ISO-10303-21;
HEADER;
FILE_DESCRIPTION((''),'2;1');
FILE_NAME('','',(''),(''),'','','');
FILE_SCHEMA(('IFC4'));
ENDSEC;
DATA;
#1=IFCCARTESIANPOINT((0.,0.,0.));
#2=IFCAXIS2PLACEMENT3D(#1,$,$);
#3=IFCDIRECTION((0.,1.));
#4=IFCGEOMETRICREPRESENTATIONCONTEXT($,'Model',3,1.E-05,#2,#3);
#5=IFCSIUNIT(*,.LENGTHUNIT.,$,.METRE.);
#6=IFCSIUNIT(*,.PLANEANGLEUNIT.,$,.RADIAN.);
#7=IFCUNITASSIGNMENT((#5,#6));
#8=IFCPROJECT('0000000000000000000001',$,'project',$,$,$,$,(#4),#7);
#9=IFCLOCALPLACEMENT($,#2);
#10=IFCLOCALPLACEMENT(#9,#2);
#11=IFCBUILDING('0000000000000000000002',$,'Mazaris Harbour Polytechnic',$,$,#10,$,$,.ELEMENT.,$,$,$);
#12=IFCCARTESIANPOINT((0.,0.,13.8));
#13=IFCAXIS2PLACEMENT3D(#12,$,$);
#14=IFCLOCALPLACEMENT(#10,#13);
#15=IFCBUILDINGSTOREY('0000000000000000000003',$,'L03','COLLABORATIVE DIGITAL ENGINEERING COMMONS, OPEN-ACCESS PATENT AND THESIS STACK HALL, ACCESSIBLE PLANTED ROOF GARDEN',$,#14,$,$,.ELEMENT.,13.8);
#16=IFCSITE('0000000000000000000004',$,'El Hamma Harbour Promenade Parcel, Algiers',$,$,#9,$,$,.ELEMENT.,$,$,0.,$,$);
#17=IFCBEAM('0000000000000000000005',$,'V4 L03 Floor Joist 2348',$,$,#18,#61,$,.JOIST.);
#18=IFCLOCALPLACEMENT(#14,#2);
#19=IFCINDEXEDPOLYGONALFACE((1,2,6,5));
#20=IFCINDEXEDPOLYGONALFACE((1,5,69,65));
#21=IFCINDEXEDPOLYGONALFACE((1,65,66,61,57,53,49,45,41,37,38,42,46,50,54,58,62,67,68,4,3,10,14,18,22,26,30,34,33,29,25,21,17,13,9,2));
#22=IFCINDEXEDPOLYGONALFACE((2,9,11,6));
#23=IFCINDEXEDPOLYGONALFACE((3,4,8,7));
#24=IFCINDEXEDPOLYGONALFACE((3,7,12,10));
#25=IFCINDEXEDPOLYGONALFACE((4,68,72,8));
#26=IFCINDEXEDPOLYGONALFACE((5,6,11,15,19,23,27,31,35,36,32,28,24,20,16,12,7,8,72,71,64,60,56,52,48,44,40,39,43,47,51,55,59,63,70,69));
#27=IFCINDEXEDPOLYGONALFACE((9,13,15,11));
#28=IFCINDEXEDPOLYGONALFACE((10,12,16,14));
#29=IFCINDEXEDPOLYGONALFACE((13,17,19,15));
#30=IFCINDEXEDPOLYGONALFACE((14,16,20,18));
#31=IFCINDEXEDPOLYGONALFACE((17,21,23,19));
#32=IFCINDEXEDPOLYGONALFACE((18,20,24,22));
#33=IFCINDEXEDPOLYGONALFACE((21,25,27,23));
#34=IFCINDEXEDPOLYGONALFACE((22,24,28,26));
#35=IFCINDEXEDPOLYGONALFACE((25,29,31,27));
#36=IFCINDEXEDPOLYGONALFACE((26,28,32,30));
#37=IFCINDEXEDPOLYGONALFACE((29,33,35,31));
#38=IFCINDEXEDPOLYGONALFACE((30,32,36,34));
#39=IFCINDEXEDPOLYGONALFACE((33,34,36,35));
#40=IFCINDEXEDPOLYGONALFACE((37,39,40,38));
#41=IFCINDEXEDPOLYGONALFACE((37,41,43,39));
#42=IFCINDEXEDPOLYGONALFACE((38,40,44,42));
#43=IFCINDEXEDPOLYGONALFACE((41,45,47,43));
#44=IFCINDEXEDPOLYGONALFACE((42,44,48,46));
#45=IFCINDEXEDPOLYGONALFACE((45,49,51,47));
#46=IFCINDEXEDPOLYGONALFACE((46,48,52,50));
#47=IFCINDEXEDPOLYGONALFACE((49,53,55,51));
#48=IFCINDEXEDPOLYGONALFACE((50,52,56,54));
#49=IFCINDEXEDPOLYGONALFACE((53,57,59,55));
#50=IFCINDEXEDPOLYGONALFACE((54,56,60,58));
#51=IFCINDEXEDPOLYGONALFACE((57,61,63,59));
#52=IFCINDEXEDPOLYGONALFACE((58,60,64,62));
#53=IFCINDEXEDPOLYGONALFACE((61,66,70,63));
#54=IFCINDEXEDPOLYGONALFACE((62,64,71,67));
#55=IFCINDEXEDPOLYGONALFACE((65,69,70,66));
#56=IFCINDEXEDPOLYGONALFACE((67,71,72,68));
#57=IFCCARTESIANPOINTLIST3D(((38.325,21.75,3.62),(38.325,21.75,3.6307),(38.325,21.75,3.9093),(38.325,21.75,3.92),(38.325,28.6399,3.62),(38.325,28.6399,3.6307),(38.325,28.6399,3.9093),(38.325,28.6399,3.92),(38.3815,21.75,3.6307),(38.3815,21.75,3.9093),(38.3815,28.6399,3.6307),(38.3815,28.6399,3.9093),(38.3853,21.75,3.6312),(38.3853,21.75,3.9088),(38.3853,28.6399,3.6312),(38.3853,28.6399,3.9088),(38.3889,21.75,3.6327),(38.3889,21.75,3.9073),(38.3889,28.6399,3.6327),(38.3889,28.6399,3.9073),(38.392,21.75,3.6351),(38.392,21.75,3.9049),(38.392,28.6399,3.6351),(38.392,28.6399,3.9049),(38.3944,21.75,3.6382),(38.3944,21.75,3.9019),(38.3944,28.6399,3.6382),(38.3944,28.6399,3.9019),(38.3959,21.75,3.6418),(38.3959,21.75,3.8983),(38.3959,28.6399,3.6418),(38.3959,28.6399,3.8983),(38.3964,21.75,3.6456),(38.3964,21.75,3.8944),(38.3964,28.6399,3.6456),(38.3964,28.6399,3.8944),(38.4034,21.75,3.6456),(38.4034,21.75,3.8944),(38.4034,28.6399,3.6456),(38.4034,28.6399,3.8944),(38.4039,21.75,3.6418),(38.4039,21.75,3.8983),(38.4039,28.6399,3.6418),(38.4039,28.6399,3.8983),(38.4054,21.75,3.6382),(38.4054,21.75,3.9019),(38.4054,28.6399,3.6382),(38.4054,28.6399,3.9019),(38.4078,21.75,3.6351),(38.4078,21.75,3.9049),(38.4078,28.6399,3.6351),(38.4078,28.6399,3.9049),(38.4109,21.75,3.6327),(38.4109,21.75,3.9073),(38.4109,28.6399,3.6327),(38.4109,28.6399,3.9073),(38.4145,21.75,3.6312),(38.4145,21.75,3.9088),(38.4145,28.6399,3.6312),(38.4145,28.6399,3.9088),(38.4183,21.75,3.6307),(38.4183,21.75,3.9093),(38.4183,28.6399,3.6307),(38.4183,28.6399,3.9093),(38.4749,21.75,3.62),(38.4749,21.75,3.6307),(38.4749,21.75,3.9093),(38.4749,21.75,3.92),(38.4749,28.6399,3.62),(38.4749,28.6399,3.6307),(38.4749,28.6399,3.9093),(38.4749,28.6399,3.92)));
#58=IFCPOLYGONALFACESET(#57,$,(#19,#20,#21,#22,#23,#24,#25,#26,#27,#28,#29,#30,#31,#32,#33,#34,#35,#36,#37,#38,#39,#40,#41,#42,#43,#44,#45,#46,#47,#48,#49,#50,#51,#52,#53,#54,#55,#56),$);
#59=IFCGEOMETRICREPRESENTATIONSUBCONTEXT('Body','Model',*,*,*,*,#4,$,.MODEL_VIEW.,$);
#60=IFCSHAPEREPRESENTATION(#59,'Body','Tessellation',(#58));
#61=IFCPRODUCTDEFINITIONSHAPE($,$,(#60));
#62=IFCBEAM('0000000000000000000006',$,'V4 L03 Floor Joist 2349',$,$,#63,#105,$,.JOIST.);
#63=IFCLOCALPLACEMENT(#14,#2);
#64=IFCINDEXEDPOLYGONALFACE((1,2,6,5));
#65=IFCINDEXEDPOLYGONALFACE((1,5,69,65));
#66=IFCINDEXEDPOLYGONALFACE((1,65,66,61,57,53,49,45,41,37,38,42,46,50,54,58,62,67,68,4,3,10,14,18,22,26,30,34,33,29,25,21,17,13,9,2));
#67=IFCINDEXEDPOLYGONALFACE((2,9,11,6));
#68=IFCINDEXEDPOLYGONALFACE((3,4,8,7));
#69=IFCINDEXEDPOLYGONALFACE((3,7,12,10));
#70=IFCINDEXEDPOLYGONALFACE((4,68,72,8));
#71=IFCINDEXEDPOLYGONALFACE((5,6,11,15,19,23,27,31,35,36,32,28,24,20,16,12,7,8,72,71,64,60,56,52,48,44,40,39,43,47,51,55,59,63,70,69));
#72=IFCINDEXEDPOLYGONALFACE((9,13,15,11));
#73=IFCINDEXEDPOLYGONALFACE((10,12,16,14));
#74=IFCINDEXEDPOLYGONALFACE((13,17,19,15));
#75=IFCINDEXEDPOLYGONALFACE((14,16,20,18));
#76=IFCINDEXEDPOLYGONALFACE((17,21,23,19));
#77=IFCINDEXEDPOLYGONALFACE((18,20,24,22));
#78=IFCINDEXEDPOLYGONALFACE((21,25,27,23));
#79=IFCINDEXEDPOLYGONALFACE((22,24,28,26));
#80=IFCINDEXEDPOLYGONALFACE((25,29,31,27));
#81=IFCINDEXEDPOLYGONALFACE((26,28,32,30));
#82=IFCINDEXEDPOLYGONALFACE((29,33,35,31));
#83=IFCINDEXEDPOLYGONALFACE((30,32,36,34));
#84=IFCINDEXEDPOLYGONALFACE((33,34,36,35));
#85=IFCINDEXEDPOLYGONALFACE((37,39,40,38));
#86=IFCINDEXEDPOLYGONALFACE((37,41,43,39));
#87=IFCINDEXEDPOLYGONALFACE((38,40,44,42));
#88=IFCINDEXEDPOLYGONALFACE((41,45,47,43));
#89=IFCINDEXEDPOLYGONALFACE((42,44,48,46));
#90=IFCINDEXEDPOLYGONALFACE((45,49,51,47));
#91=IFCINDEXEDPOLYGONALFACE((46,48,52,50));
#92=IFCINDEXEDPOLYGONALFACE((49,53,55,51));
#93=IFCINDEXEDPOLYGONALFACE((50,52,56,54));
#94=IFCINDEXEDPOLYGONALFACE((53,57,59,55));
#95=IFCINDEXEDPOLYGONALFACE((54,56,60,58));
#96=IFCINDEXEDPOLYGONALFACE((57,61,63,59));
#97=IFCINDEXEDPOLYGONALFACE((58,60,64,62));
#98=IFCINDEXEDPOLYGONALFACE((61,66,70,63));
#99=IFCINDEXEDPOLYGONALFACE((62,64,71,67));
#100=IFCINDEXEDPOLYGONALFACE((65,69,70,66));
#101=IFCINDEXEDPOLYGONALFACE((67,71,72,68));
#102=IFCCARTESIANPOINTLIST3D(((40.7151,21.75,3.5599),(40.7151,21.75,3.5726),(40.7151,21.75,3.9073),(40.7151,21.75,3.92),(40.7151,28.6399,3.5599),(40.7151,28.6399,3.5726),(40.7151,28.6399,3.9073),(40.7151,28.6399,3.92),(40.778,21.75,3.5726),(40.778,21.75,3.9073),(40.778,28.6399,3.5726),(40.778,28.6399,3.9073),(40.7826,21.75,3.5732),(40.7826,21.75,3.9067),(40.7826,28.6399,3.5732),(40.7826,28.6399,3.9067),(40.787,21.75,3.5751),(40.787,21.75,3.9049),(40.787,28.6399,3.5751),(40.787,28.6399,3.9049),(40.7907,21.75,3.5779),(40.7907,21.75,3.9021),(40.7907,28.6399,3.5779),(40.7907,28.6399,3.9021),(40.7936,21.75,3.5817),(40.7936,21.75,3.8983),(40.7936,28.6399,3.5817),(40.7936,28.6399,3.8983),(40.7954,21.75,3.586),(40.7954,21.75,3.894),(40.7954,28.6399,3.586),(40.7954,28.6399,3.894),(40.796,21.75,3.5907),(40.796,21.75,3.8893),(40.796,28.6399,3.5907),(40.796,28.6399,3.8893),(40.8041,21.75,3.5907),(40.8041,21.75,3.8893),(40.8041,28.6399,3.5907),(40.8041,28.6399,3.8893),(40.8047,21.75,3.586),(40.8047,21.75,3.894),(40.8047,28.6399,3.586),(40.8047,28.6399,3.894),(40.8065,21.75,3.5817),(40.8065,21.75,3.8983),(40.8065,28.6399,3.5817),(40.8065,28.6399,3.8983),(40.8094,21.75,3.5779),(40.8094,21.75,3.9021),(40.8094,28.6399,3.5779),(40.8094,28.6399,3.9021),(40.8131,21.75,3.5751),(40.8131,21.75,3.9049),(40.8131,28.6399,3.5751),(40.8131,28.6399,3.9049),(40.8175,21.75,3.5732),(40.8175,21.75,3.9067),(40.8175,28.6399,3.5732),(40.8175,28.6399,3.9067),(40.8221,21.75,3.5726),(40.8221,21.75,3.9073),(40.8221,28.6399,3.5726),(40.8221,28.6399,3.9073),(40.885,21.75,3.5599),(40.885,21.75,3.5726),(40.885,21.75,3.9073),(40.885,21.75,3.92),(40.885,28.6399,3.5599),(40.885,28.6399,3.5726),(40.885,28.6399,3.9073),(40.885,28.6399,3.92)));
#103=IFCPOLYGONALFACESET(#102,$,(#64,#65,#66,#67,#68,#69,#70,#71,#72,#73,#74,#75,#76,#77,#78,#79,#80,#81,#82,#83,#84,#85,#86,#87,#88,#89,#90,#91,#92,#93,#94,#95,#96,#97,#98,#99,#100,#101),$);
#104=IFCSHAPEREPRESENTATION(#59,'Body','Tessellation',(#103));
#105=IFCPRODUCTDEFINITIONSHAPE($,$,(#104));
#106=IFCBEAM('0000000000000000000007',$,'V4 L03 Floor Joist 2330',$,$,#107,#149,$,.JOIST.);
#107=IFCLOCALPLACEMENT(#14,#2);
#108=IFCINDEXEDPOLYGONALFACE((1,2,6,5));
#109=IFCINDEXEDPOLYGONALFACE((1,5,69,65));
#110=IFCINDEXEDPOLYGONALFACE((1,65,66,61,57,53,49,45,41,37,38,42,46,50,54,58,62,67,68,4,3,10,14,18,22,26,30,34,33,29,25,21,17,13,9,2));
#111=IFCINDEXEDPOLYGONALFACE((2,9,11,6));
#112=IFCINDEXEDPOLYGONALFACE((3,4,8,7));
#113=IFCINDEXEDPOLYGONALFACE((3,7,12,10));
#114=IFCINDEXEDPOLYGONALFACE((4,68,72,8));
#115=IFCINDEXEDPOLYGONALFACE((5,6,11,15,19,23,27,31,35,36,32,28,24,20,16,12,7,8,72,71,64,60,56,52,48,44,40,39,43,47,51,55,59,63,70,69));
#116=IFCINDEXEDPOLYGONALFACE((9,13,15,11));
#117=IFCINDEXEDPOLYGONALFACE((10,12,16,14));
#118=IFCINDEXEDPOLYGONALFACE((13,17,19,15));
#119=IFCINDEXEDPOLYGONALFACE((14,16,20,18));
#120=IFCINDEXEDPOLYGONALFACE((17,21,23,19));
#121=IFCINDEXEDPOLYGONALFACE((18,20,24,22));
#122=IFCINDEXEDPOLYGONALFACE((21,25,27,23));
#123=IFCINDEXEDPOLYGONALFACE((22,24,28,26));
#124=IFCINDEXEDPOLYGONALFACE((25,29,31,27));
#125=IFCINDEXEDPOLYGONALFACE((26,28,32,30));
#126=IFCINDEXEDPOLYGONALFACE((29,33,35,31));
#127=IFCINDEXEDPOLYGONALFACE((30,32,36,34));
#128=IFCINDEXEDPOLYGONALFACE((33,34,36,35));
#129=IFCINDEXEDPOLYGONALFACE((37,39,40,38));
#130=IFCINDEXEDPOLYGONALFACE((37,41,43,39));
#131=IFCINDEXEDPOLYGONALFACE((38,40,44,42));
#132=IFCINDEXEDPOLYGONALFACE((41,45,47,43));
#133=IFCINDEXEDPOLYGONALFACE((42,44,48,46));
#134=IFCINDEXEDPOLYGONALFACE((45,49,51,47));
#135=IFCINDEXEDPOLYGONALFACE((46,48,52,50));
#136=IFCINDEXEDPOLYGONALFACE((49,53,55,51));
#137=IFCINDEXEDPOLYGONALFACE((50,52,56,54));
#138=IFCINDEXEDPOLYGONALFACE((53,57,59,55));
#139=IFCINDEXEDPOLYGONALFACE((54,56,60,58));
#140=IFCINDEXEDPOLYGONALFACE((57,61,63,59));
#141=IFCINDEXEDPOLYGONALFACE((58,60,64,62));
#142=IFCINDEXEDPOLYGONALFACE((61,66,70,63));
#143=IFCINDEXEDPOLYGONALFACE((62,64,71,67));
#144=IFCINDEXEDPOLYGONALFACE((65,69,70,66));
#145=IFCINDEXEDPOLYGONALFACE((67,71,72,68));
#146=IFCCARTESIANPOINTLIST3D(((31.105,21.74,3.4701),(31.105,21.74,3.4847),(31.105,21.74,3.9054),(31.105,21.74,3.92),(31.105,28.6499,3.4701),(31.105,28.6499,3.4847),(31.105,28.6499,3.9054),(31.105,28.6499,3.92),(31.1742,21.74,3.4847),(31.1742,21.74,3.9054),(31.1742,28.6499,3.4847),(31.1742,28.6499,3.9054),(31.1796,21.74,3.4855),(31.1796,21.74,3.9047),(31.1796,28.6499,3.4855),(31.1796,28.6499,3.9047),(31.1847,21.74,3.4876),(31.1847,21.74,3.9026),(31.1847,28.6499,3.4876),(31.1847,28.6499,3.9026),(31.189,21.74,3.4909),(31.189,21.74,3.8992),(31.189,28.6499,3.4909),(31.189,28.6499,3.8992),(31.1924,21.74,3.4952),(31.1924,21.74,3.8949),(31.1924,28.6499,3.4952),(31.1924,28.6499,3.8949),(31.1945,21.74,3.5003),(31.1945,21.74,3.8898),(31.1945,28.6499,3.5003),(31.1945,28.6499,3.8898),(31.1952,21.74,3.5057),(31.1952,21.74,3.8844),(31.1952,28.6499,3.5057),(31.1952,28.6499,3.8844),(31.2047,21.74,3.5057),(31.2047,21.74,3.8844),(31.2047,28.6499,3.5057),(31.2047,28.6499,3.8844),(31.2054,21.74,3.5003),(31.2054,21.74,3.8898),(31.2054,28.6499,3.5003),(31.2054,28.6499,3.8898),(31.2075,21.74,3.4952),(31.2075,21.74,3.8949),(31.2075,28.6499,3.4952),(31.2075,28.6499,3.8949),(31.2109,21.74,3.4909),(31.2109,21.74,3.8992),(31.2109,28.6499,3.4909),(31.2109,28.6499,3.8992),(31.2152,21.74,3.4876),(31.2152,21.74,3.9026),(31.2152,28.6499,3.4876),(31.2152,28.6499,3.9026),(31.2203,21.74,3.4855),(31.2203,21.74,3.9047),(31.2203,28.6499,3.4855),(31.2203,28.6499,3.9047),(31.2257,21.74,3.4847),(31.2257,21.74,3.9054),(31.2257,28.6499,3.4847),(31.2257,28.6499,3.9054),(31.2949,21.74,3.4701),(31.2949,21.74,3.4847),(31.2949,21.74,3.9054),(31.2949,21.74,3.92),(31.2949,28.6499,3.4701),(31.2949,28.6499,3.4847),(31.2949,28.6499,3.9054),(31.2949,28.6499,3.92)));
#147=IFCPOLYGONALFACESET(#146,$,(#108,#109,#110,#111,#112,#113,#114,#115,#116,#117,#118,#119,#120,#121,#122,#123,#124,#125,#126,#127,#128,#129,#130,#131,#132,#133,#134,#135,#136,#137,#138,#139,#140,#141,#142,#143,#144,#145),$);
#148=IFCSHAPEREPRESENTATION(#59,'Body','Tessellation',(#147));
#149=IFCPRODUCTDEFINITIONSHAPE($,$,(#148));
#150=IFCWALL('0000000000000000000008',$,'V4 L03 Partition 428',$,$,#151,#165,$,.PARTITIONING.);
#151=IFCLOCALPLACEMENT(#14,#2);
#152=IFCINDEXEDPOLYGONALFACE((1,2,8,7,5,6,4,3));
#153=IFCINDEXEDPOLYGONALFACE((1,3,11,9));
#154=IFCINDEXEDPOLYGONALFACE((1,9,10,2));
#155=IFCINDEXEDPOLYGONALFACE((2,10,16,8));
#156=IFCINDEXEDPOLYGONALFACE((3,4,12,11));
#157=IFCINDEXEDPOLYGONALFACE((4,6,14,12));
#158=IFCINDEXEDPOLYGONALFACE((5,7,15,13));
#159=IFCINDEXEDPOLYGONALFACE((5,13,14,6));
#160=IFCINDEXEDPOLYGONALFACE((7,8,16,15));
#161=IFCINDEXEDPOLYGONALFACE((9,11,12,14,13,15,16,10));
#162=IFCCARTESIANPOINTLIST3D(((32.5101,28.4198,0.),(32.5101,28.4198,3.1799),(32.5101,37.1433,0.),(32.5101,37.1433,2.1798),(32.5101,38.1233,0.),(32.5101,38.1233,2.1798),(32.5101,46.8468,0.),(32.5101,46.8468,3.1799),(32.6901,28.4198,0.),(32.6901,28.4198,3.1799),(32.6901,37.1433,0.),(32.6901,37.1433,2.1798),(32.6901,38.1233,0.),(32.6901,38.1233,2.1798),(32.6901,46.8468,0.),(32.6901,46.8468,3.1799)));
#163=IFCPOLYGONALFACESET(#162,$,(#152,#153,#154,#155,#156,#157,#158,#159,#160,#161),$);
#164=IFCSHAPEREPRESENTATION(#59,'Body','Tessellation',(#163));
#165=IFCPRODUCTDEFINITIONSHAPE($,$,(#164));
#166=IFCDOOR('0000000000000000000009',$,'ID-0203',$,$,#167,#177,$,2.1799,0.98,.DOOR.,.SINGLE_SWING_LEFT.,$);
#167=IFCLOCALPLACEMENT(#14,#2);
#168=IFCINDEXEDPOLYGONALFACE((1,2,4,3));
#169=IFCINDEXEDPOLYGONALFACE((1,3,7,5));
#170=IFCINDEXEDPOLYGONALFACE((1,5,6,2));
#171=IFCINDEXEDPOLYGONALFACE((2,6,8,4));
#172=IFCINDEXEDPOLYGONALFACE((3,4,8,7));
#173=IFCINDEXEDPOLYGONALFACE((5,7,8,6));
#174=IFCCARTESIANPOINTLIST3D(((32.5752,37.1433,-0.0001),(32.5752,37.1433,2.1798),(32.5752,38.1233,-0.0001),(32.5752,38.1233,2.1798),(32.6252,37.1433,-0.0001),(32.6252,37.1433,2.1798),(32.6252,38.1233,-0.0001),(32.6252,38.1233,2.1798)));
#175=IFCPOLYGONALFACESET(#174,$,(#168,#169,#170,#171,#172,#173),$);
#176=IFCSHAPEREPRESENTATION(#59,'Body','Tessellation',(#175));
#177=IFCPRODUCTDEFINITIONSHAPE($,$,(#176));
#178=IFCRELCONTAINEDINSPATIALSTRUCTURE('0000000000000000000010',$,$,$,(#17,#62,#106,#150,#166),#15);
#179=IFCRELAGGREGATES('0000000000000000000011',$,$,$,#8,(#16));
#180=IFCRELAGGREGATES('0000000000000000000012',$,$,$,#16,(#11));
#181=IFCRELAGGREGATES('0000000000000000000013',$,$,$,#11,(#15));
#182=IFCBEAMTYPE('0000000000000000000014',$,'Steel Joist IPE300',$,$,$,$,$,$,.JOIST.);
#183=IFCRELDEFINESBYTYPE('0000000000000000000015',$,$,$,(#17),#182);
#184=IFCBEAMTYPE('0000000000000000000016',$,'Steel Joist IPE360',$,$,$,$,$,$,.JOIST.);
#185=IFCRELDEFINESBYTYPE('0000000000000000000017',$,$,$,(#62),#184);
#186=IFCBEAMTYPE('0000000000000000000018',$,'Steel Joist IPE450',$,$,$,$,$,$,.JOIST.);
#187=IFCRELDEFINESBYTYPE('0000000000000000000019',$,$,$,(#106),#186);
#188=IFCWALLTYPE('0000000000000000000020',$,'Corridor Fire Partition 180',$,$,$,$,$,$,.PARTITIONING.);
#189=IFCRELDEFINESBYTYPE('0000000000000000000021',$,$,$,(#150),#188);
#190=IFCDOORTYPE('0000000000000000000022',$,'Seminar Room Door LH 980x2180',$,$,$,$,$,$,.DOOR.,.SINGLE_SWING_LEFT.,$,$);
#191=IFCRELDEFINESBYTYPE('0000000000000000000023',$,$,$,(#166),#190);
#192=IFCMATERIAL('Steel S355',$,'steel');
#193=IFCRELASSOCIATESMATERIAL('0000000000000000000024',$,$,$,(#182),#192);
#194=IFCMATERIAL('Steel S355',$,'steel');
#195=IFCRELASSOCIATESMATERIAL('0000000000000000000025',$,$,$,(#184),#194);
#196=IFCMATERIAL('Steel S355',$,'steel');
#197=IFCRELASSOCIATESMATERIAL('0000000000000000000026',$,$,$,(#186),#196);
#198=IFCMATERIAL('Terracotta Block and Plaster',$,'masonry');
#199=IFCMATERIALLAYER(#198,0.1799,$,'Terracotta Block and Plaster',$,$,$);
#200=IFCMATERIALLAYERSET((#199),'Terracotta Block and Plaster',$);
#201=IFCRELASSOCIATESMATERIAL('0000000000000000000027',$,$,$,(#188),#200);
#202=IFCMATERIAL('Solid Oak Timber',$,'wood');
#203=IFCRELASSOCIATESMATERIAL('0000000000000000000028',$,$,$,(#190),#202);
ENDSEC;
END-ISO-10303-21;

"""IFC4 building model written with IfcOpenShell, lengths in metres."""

from ifc_helpers import new_model, si_unit, direction, frame, frame_2d, origin, origin_2d, place, context, subcontext, project, spatial, rectangle, i_section, extrude, material, layer, layer_set, material_profile, profile_set, type_object, element, fill, save


model = new_model("IFC4")

# Units and contexts
model_context = context("Model", 3, precision=1e-05, world=origin(), true_north=direction((0.0, 1.0)))
body_context = subcontext(model_context, "Body", "Model", "MODEL_VIEW")
ifc_project = project(units=[si_unit("LENGTHUNIT", "METRE"), si_unit("PLANEANGLEUNIT", "RADIAN")], contexts=[model_context])

# Site, building, storey
site_placement = place(None, origin())
site = spatial("IfcSite", under=ifc_project, at=site_placement, Name="El Hamma Harbour Promenade Parcel, Algiers", CompositionType="ELEMENT", RefElevation=0.0)
building_placement = place(site_placement, origin())
building = spatial("IfcBuilding", under=site, at=building_placement, Name="Mazaris Harbour Polytechnic", CompositionType="ELEMENT")
storey_placement = place(building_placement, frame((0.0, 0.0, 13.8)))
storey = spatial("IfcBuildingStorey", under=building, at=storey_placement, Name="L03", Description="COLLABORATIVE DIGITAL ENGINEERING COMMONS, OPEN-ACCESS PATENT AND THESIS STACK HALL, ACCESSIBLE PLANTED ROOF GARDEN", CompositionType="ELEMENT", Elevation=13.8)

# Beams
ifc_material_1 = material(Name="Steel S355", Category="steel")
ifc_material_profile_1 = material_profile(ifc_material_1, i_section(OverallWidth=0.1499, OverallDepth=0.3, WebThickness=0.0071, FlangeThickness=0.0107, FilletRadius=0.0149, at=origin_2d()), Name="IPE 300")
ifc_profile_set_1 = profile_set([ifc_material_profile_1], Name="Steel S355")
beam_type_1 = type_object("IfcBeamType", Name="Steel Joist IPE300", PredefinedType="JOIST", material=ifc_profile_set_1)
beam_1_placement = place(storey_placement, frame((38.3999, 21.75, 3.77), z_axis=(0.0, 1.0, 0.0), x_axis=(-1.0, 0.0, 0.0)))
element("IfcBeam", 1, at=beam_1_placement, inside=storey, type_object=beam_type_1, Name="V4 L03 Floor Joist 2348", PredefinedType="JOIST", context=body_context, shape_type="SweptSolid", body=[
    extrude(i_section(OverallWidth=0.1499, OverallDepth=0.3, WebThickness=0.0071, FlangeThickness=0.0107, FilletRadius=0.0149, at=origin_2d()), origin(), (0.0, 0.0, 1.0), 6.8899),
])
ifc_material_2 = material(Name="Steel S355", Category="steel")
ifc_material_profile_2 = material_profile(ifc_material_2, i_section(OverallWidth=0.1699, OverallDepth=0.3601, WebThickness=0.0081, FlangeThickness=0.0127, FilletRadius=0.0181, at=origin_2d()), Name="IPE 360")
ifc_profile_set_2 = profile_set([ifc_material_profile_2], Name="Steel S355")
beam_type_2 = type_object("IfcBeamType", Name="Steel Joist IPE360", PredefinedType="JOIST", material=ifc_profile_set_2)
beam_2_placement = place(storey_placement, frame((40.8, 21.75, 3.74), z_axis=(0.0, 1.0, 0.0), x_axis=(-1.0, 0.0, 0.0)))
element("IfcBeam", 2, at=beam_2_placement, inside=storey, type_object=beam_type_2, Name="V4 L03 Floor Joist 2349", PredefinedType="JOIST", context=body_context, shape_type="SweptSolid", body=[
    extrude(i_section(OverallWidth=0.1699, OverallDepth=0.3601, WebThickness=0.0081, FlangeThickness=0.0127, FilletRadius=0.0181, at=origin_2d()), origin(), (0.0, 0.0, 1.0), 6.8899),
])
ifc_material_3 = material(Name="Steel S355", Category="steel")
ifc_material_profile_3 = material_profile(ifc_material_3, i_section(OverallWidth=0.1899, OverallDepth=0.45, WebThickness=0.0095, FlangeThickness=0.0146, FilletRadius=0.021, at=origin_2d()), Name="IPE 450")
ifc_profile_set_3 = profile_set([ifc_material_profile_3], Name="Steel S355")
beam_type_3 = type_object("IfcBeamType", Name="Steel Joist IPE450", PredefinedType="JOIST", material=ifc_profile_set_3)
beam_3_placement = place(storey_placement, frame((31.2, 21.74, 3.6951), z_axis=(0.0, 1.0, 0.0), x_axis=(-1.0, 0.0, 0.0)))
element("IfcBeam", 3, at=beam_3_placement, inside=storey, type_object=beam_type_3, Name="V4 L03 Floor Joist 2330", PredefinedType="JOIST", context=body_context, shape_type="SweptSolid", body=[
    extrude(i_section(OverallWidth=0.1899, OverallDepth=0.45, WebThickness=0.0095, FlangeThickness=0.0146, FilletRadius=0.021, at=origin_2d()), origin(), (0.0, 0.0, 1.0), 6.9099),
])

# Wall, opening, door
ifc_material_4 = material(Name="Terracotta Block and Plaster", Category="masonry")
ifc_layer_1 = layer(ifc_material_4, 0.1799, Name="Terracotta Block and Plaster")
ifc_layer_set_1 = layer_set([ifc_layer_1], Name="Terracotta Block and Plaster")
wall_type_1 = type_object("IfcWallType", Name="Corridor Fire Partition 180", PredefinedType="PARTITIONING", material=ifc_layer_set_1)
wall_1_placement = place(storey_placement, frame((32.6001, 28.4199, 0.0), z_axis=(0.0, 0.0, 1.0), x_axis=(0.0, 1.0, 0.0)))
wall_1 = element("IfcWall", 4, at=wall_1_placement, inside=storey, type_object=wall_type_1, Name="V4 L03 Partition 428", PredefinedType="PARTITIONING", context=body_context, shape_type="SweptSolid", body=[
    extrude(rectangle(XDim=18.427, YDim=0.1799, at=frame_2d((9.2134, 0.0))), origin(), (0.0, 0.0, 1.0), 3.1799),
])
opening_1_placement = place(wall_1_placement, frame((8.7234, 0.0, 0.0)))
opening_1 = element("IfcOpeningElement", 5, at=opening_1_placement, cuts=wall_1, PredefinedType="OPENING", context=body_context, shape_type="SweptSolid", body=[
    extrude(rectangle(XDim=0.98, YDim=2.1799, at=frame_2d((0.49, 1.0898))), frame((0.0, 0.0999, 0.0), z_axis=(0.0, -1.0, 0.0), x_axis=(1.0, 0.0, 0.0)), (0.0, 0.0, 1.0), 0.2),
])
ifc_material_5 = material(Name="Solid Oak Timber", Category="wood")
door_type = type_object("IfcDoorType", Name="Seminar Room Door LH 980x2180", OperationType="SINGLE_SWING_LEFT", PredefinedType="DOOR", material=ifc_material_5)
door_placement = place(opening_1_placement, origin())
door = element("IfcDoor", 6, at=door_placement, inside=storey, type_object=door_type, Name="ID-0203", OperationType="SINGLE_SWING_LEFT", OverallHeight=2.1799, OverallWidth=0.98, PredefinedType="DOOR", context=body_context, shape_type="SweptSolid", body=[
    extrude(rectangle(XDim=0.98, YDim=2.1799, at=frame_2d((0.49, 1.0898))), frame((0.0, 0.0249, 0.0), z_axis=(0.0, -1.0, 0.0), x_axis=(1.0, 0.0, 0.0)), (0.0, 0.0, 1.0), 0.05),
])
fill(opening_1, door)

save(model, "model.ifc")
